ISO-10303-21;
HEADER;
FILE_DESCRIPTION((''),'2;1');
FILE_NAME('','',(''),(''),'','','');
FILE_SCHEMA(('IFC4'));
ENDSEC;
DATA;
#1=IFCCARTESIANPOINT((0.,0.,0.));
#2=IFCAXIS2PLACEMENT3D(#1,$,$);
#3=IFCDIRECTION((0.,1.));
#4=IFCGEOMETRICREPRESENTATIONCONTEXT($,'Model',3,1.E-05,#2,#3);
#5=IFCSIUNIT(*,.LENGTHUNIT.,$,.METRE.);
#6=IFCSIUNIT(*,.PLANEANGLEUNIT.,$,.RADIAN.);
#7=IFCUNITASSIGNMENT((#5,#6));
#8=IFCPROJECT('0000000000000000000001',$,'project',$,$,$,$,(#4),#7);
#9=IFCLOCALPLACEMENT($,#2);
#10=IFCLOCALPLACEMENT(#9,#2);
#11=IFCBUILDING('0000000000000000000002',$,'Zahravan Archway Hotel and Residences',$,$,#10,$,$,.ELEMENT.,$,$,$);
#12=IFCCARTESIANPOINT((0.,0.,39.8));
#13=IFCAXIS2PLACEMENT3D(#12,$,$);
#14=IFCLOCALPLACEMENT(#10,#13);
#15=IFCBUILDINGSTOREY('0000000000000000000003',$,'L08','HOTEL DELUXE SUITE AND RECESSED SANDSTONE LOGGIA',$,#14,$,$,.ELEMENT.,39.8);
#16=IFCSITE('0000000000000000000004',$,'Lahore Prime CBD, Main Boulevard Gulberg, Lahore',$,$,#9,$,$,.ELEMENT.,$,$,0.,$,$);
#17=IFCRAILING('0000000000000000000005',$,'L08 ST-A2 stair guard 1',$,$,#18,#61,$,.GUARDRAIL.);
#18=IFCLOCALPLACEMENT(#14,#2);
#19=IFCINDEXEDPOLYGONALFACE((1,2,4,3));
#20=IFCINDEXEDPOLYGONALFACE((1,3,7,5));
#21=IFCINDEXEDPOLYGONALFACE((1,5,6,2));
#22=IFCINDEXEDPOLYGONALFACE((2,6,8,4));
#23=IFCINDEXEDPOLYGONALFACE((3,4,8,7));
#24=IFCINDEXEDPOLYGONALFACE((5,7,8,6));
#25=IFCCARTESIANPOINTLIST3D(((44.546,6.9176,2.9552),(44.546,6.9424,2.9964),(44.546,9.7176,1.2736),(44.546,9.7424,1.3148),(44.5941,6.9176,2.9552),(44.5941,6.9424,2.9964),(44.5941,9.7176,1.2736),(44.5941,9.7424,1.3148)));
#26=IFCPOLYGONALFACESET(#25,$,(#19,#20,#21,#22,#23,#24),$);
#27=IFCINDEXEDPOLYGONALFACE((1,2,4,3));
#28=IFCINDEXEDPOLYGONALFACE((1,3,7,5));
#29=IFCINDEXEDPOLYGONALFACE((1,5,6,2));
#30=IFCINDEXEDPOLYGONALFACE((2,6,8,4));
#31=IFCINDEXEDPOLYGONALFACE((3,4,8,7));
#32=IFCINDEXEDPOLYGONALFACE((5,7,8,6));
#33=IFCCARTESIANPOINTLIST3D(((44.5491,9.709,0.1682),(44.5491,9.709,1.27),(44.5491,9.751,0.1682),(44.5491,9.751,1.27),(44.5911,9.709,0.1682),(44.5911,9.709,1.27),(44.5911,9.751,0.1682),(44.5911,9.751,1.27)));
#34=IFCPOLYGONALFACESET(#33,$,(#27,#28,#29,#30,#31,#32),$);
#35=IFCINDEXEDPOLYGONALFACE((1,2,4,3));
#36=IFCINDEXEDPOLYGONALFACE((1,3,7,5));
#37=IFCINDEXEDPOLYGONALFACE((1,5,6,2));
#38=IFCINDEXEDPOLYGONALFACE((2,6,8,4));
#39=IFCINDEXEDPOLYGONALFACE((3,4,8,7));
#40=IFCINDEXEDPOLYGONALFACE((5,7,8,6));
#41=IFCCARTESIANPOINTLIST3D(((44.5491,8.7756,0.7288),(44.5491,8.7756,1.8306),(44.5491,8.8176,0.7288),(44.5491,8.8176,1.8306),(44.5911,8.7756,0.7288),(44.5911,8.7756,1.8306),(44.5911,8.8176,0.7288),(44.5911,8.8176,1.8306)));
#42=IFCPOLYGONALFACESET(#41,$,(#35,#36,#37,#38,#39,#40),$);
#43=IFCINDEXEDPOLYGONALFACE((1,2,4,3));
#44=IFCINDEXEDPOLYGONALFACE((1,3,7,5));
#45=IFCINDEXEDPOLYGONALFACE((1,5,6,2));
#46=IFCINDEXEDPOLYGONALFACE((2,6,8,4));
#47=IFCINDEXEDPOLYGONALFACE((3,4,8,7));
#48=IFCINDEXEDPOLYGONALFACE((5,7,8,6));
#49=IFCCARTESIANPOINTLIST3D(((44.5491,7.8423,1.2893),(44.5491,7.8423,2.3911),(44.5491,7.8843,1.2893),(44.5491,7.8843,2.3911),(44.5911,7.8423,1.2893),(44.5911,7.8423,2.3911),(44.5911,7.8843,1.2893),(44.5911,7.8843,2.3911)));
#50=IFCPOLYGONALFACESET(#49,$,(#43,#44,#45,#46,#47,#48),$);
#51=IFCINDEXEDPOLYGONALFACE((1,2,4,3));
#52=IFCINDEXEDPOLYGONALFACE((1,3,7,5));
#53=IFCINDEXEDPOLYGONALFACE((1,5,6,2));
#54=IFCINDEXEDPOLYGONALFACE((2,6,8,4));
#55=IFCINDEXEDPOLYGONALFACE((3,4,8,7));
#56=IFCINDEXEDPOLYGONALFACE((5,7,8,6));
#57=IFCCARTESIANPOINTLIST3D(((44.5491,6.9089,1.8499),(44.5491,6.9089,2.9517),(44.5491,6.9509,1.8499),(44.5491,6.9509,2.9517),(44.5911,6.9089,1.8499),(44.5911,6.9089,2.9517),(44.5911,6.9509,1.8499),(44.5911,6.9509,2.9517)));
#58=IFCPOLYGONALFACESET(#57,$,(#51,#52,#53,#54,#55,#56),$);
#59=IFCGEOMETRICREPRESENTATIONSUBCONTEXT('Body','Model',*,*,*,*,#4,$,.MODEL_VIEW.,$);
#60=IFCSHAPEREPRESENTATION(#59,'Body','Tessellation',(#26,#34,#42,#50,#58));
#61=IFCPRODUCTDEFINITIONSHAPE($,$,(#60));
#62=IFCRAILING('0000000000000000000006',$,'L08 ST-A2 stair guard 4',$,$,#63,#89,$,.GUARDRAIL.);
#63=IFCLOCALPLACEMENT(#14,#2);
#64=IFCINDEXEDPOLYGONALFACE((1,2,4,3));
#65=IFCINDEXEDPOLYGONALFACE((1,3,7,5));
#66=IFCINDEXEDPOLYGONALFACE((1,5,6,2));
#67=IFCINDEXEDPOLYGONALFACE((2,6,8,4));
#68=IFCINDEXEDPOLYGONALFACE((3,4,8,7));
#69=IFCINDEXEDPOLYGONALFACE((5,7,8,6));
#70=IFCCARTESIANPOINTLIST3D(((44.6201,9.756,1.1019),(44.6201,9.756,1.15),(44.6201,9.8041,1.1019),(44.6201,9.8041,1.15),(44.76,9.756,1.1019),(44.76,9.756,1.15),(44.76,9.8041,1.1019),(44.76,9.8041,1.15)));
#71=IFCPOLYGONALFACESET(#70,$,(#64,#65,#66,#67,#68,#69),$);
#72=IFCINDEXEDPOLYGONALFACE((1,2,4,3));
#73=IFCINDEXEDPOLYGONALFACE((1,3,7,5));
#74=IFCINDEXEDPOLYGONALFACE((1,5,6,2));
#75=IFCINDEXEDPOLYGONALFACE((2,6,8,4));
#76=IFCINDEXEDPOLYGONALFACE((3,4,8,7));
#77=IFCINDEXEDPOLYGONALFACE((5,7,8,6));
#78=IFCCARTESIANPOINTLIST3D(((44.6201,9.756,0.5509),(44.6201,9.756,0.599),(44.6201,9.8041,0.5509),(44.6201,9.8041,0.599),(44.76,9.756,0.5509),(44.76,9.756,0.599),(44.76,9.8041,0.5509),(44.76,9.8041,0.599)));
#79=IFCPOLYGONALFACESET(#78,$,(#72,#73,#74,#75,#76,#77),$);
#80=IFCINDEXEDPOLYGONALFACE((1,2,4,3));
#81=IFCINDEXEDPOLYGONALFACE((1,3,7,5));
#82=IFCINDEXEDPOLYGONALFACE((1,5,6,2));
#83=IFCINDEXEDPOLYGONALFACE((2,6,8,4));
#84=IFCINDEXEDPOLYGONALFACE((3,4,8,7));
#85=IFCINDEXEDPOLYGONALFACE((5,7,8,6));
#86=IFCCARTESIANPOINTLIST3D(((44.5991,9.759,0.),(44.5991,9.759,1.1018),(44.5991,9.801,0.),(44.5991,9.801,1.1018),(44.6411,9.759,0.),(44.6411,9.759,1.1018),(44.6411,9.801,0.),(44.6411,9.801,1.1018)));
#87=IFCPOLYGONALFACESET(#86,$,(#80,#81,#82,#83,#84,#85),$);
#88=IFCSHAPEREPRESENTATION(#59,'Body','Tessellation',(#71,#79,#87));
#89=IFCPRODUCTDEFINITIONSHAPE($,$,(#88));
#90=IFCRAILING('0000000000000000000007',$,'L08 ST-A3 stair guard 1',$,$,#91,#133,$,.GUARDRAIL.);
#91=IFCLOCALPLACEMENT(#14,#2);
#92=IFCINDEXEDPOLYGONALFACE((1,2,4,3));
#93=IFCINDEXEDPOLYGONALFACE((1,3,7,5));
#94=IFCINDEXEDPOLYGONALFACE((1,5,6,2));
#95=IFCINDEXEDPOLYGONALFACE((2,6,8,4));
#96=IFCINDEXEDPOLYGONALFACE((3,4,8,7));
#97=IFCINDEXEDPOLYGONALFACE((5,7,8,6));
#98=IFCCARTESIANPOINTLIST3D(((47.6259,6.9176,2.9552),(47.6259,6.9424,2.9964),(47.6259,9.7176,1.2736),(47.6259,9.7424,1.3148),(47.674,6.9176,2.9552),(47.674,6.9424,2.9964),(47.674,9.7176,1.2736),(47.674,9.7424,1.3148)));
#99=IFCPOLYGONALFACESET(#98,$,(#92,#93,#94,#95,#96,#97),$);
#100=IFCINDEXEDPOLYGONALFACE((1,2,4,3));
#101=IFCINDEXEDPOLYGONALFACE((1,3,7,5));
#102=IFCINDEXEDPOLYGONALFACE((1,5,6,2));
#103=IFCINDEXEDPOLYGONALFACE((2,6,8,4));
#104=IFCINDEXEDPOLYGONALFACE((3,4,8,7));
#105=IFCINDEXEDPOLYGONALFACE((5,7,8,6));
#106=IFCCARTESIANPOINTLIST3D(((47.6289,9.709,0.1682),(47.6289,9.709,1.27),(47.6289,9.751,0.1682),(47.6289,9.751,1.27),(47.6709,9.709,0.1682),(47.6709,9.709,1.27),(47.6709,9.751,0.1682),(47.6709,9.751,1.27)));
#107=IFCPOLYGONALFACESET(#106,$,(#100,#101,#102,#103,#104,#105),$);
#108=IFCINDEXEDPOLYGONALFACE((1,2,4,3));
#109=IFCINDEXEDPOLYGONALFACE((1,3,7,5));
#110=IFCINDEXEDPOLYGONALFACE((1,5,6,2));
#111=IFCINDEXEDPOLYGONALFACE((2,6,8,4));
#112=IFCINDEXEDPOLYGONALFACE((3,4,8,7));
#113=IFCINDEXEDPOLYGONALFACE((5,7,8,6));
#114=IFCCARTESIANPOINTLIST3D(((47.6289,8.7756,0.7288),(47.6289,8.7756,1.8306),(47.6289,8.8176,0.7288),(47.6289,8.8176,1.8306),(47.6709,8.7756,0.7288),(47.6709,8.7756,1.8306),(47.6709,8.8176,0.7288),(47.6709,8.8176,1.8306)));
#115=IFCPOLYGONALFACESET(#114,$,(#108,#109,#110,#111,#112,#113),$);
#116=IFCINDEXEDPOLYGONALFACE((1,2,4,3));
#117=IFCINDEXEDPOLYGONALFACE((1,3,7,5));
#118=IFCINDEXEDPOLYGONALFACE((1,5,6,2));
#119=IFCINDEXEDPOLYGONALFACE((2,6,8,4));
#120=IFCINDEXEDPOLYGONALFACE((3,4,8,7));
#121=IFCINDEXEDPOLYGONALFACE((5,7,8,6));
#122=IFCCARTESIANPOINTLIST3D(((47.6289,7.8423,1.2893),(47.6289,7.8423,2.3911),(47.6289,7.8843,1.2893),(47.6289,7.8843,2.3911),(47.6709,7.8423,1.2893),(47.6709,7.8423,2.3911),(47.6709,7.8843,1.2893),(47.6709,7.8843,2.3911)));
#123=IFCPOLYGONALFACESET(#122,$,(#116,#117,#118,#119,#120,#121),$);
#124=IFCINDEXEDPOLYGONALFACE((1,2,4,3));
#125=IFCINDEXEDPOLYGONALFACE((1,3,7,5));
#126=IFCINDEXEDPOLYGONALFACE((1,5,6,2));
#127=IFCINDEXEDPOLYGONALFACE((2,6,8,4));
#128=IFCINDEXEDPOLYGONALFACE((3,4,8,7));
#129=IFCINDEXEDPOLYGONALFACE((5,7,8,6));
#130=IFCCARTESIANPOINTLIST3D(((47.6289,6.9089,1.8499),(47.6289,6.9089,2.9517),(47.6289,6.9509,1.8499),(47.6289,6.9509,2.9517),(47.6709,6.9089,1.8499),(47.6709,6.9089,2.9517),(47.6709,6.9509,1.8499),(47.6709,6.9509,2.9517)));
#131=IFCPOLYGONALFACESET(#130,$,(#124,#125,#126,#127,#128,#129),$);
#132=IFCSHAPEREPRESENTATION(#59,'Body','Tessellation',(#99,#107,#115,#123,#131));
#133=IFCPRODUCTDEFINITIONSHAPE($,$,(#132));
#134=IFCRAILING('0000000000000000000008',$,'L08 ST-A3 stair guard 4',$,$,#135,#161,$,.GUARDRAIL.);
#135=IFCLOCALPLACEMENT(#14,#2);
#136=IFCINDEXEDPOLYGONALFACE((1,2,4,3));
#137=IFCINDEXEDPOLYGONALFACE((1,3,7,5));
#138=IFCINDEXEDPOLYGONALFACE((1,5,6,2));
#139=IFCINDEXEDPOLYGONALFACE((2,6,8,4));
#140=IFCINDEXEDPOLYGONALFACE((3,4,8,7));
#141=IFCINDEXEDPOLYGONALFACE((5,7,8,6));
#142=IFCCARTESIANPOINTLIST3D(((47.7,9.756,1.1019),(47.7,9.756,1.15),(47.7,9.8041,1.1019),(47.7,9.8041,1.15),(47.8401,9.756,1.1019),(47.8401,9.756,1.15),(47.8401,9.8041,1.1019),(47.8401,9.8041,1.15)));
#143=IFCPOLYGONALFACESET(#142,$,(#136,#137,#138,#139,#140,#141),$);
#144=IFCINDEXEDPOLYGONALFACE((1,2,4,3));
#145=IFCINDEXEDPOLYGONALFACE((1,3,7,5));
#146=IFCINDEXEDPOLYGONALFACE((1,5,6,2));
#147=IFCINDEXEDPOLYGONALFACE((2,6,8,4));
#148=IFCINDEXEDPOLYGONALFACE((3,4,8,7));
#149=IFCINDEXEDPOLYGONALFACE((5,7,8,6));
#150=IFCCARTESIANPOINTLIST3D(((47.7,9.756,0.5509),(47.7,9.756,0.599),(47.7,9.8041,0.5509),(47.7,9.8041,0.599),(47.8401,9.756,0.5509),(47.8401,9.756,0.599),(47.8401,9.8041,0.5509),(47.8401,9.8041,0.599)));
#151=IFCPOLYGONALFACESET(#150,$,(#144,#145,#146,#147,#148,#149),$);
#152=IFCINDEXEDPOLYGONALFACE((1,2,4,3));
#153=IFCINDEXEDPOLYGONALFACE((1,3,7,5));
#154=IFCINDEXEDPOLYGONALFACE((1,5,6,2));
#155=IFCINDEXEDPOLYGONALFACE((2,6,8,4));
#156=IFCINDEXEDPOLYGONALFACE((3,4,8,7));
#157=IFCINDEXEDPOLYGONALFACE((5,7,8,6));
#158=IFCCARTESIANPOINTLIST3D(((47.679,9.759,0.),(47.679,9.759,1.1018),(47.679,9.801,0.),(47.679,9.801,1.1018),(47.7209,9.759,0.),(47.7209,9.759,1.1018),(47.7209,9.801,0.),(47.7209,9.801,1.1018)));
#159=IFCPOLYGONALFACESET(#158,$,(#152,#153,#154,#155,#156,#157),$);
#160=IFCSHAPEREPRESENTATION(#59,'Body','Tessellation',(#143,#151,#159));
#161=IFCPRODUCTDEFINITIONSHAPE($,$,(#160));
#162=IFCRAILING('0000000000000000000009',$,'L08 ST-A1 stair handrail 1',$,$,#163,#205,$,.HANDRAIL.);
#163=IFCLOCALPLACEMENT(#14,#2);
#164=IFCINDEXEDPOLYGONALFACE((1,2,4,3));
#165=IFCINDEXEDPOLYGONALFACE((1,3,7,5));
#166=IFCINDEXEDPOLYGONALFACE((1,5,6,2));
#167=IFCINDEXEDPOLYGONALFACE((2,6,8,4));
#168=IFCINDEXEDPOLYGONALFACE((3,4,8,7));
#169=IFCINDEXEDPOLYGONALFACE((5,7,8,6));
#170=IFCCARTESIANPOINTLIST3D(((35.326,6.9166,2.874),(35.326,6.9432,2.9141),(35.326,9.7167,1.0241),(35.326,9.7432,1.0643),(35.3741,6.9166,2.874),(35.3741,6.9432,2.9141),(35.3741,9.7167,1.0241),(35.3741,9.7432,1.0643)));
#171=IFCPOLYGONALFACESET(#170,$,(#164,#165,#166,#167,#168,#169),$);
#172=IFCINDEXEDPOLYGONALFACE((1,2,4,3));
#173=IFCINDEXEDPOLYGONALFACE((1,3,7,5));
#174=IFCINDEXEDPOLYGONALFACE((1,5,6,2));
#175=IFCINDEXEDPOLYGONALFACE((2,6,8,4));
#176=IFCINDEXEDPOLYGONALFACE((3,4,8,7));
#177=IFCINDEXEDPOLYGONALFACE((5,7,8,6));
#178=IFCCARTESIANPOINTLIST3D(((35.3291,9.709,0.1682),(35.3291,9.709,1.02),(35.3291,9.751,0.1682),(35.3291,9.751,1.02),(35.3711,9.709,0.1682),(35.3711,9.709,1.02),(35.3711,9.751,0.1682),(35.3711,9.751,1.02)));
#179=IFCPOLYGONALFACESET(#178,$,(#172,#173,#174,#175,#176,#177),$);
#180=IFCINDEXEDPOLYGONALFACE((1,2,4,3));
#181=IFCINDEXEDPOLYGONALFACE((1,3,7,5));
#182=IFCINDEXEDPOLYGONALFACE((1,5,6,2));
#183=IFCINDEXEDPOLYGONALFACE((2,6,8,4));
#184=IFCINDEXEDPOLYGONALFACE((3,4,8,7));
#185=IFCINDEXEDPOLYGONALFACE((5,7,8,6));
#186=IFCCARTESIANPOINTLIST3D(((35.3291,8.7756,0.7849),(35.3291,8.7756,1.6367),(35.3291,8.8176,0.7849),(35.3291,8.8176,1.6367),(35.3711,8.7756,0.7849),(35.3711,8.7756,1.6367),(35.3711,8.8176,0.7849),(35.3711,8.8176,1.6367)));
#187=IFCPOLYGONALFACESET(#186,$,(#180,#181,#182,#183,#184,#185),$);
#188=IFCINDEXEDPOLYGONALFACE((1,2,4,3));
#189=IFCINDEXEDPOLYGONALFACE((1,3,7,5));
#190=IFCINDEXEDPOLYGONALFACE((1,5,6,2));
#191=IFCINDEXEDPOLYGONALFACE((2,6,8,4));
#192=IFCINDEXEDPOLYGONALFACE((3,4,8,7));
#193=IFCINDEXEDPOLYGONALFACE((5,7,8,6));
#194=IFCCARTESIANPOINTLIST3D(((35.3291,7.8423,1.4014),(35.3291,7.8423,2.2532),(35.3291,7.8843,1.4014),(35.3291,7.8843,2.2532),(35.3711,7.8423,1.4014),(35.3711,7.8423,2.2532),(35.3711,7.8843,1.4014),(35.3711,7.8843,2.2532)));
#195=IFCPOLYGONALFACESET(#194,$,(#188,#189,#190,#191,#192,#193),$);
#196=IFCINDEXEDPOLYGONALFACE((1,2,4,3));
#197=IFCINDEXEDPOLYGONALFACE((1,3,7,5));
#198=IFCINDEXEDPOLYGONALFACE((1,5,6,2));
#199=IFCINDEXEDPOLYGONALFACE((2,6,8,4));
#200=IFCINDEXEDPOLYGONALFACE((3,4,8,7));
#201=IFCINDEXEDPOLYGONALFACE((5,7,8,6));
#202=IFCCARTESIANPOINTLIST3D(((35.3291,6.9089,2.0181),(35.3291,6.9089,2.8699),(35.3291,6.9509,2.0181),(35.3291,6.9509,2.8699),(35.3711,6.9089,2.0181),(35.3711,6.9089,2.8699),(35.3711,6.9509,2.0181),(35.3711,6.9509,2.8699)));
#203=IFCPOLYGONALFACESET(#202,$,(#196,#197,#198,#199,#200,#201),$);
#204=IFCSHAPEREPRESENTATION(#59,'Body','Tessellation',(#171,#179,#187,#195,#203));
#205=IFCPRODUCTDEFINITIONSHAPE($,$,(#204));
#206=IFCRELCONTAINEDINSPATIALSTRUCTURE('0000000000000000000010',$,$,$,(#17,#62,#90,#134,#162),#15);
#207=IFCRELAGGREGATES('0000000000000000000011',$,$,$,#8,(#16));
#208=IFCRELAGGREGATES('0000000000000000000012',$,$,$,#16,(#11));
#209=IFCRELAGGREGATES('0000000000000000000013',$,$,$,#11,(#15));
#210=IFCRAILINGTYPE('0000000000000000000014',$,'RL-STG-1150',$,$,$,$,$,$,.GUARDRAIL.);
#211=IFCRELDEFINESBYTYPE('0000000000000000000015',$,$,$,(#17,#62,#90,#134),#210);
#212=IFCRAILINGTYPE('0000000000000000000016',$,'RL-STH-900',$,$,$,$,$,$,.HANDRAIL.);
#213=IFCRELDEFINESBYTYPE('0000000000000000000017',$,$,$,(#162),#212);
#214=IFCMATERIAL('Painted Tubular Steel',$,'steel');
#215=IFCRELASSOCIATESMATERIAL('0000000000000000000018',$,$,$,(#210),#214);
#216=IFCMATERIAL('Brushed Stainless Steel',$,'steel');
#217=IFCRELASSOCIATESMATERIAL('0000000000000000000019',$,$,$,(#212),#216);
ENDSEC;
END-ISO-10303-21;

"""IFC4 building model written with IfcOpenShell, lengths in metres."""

from ifc_helpers import new_model, si_unit, direction, frame, origin, origin_2d, place, context, subcontext, project, spatial, rectangle, extrude, material, type_object, element, save


model = new_model("IFC4")

# Units and contexts
model_context = context("Model", 3, precision=1e-05, world=origin(), true_north=direction((0.0, 1.0)))
body_context = subcontext(model_context, "Body", "Model", "MODEL_VIEW")
ifc_project = project(units=[si_unit("LENGTHUNIT", "METRE"), si_unit("PLANEANGLEUNIT", "RADIAN")], contexts=[model_context])

# Site, building, storey
site_placement = place(None, origin())
site = spatial("IfcSite", under=ifc_project, at=site_placement, Name="Lahore Prime CBD, Main Boulevard Gulberg, Lahore", CompositionType="ELEMENT", RefElevation=0.0)
building_placement = place(site_placement, origin())
building = spatial("IfcBuilding", under=site, at=building_placement, Name="Zahravan Archway Hotel and Residences", CompositionType="ELEMENT")
storey_placement = place(building_placement, frame((0.0, 0.0, 39.8)))
storey = spatial("IfcBuildingStorey", under=building, at=storey_placement, Name="L08", Description="HOTEL DELUXE SUITE AND RECESSED SANDSTONE LOGGIA", CompositionType="ELEMENT", Elevation=39.8)

# Shared definitions
ifc_material_1 = material(Name="Brushed Stainless Steel", Category="steel")

# Railings
ifc_material_2 = material(Name="Painted Tubular Steel", Category="steel")
railing_type_1 = type_object("IfcRailingType", Name="RL-STG-1150", PredefinedType="GUARDRAIL", material=ifc_material_2)
railing_1_placement = place(storey_placement, frame((44.5701, 9.73, 0.1682)))
element("IfcRailing", 1, at=railing_1_placement, inside=storey, type_object=railing_type_1, Name="L08 ST-A2 stair guard 1", PredefinedType="GUARDRAIL", context=body_context, shape_type="SweptSolid", body=[
    extrude(rectangle(XDim=0.0481, YDim=0.0481, at=origin_2d()), frame((0.0, 0.0, 1.126), z_axis=(0.0, -0.857275, 0.514858), x_axis=(1.0, 0.0, 0.0)), (0.0, 0.0, 1.0), 3.2661),
    extrude(rectangle(XDim=0.042, YDim=0.042, at=origin_2d()), origin(), (0.0, 0.0, 1.0), 1.1018),
    extrude(rectangle(XDim=0.042, YDim=0.042, at=origin_2d()), frame((0.0, -0.9333, 0.5605)), (0.0, 0.0, 1.0), 1.1018),
    extrude(rectangle(XDim=0.042, YDim=0.042, at=origin_2d()), frame((0.0, -1.8667, 1.1211)), (0.0, 0.0, 1.0), 1.1018),
    extrude(rectangle(XDim=0.042, YDim=0.042, at=origin_2d()), frame((0.0, -2.8, 1.6816)), (0.0, 0.0, 1.0), 1.1018),
])
railing_2_placement = place(storey_placement, frame((44.6201, 9.78, 0.0)))
element("IfcRailing", 2, at=railing_2_placement, inside=storey, type_object=railing_type_1, Name="L08 ST-A2 stair guard 4", PredefinedType="GUARDRAIL", context=body_context, shape_type="SweptSolid", body=[
    extrude(rectangle(XDim=0.0481, YDim=0.0481, at=origin_2d()), frame((0.0, 0.0, 1.126), z_axis=(1.0, 0.0, 0.0), x_axis=(0.0, 1.0, 0.0)), (0.0, 0.0, 1.0), 0.1399),
    extrude(rectangle(XDim=0.0481, YDim=0.0481, at=origin_2d()), frame((0.0, 0.0, 0.575), z_axis=(1.0, 0.0, 0.0), x_axis=(0.0, 1.0, 0.0)), (0.0, 0.0, 1.0), 0.1399),
    extrude(rectangle(XDim=0.042, YDim=0.042, at=origin_2d()), origin(), (0.0, 0.0, 1.0), 1.1018),
])
railing_3_placement = place(storey_placement, frame((47.6499, 9.73, 0.1682)))
element("IfcRailing", 3, at=railing_3_placement, inside=storey, type_object=railing_type_1, Name="L08 ST-A3 stair guard 1", PredefinedType="GUARDRAIL", context=body_context, shape_type="SweptSolid", body=[
    extrude(rectangle(XDim=0.0481, YDim=0.0481, at=origin_2d()), frame((0.0, 0.0, 1.126), z_axis=(0.0, -0.857275, 0.514858), x_axis=(1.0, 0.0, 0.0)), (0.0, 0.0, 1.0), 3.2661),
    extrude(rectangle(XDim=0.042, YDim=0.042, at=origin_2d()), origin(), (0.0, 0.0, 1.0), 1.1018),
    extrude(rectangle(XDim=0.042, YDim=0.042, at=origin_2d()), frame((0.0, -0.9333, 0.5605)), (0.0, 0.0, 1.0), 1.1018),
    extrude(rectangle(XDim=0.042, YDim=0.042, at=origin_2d()), frame((0.0, -1.8667, 1.1211)), (0.0, 0.0, 1.0), 1.1018),
    extrude(rectangle(XDim=0.042, YDim=0.042, at=origin_2d()), frame((0.0, -2.8, 1.6816)), (0.0, 0.0, 1.0), 1.1018),
])
railing_4_placement = place(storey_placement, frame((47.7, 9.78, 0.0)))
element("IfcRailing", 4, at=railing_4_placement, inside=storey, type_object=railing_type_1, Name="L08 ST-A3 stair guard 4", PredefinedType="GUARDRAIL", context=body_context, shape_type="SweptSolid", body=[
    extrude(rectangle(XDim=0.0481, YDim=0.0481, at=origin_2d()), frame((0.0, 0.0, 1.126), z_axis=(1.0, 0.0, 0.0), x_axis=(0.0, 1.0, 0.0)), (0.0, 0.0, 1.0), 0.1401),
    extrude(rectangle(XDim=0.0481, YDim=0.0481, at=origin_2d()), frame((0.0, 0.0, 0.575), z_axis=(1.0, 0.0, 0.0), x_axis=(0.0, 1.0, 0.0)), (0.0, 0.0, 1.0), 0.1401),
    extrude(rectangle(XDim=0.042, YDim=0.042, at=origin_2d()), origin(), (0.0, 0.0, 1.0), 1.1018),
])
railing_type_2 = type_object("IfcRailingType", Name="RL-STH-900", PredefinedType="HANDRAIL", material=ifc_material_1)
for number, where, name in (
    (5, (35.3501, 9.73, 0.1682), "L08 ST-A1 stair handrail 1"),
):
    element("IfcRailing", number, at=place(storey_placement, frame(where)), inside=storey, type_object=railing_type_2, Name=name, PredefinedType="HANDRAIL", context=body_context, shape_type="SweptSolid", body=[
        extrude(rectangle(XDim=0.0481, YDim=0.0481, at=origin_2d()), frame((0.0, 0.0, 0.876), z_axis=(0.0, -0.83436, 0.55122), x_axis=(1.0, 0.0, 0.0)), (0.0, 0.0, 1.0), 3.356),
        extrude(rectangle(XDim=0.042, YDim=0.042, at=origin_2d()), origin(), (0.0, 0.0, 1.0), 0.8518),
        extrude(rectangle(XDim=0.042, YDim=0.042, at=origin_2d()), frame((0.0, -0.9333, 0.6167)), (0.0, 0.0, 1.0), 0.8518),
        extrude(rectangle(XDim=0.042, YDim=0.042, at=origin_2d()), frame((0.0, -1.8667, 1.2332)), (0.0, 0.0, 1.0), 0.8518),
        extrude(rectangle(XDim=0.042, YDim=0.042, at=origin_2d()), frame((0.0, -2.8, 1.8499)), (0.0, 0.0, 1.0), 0.8518),
    ])

save(model, "model.ifc")
